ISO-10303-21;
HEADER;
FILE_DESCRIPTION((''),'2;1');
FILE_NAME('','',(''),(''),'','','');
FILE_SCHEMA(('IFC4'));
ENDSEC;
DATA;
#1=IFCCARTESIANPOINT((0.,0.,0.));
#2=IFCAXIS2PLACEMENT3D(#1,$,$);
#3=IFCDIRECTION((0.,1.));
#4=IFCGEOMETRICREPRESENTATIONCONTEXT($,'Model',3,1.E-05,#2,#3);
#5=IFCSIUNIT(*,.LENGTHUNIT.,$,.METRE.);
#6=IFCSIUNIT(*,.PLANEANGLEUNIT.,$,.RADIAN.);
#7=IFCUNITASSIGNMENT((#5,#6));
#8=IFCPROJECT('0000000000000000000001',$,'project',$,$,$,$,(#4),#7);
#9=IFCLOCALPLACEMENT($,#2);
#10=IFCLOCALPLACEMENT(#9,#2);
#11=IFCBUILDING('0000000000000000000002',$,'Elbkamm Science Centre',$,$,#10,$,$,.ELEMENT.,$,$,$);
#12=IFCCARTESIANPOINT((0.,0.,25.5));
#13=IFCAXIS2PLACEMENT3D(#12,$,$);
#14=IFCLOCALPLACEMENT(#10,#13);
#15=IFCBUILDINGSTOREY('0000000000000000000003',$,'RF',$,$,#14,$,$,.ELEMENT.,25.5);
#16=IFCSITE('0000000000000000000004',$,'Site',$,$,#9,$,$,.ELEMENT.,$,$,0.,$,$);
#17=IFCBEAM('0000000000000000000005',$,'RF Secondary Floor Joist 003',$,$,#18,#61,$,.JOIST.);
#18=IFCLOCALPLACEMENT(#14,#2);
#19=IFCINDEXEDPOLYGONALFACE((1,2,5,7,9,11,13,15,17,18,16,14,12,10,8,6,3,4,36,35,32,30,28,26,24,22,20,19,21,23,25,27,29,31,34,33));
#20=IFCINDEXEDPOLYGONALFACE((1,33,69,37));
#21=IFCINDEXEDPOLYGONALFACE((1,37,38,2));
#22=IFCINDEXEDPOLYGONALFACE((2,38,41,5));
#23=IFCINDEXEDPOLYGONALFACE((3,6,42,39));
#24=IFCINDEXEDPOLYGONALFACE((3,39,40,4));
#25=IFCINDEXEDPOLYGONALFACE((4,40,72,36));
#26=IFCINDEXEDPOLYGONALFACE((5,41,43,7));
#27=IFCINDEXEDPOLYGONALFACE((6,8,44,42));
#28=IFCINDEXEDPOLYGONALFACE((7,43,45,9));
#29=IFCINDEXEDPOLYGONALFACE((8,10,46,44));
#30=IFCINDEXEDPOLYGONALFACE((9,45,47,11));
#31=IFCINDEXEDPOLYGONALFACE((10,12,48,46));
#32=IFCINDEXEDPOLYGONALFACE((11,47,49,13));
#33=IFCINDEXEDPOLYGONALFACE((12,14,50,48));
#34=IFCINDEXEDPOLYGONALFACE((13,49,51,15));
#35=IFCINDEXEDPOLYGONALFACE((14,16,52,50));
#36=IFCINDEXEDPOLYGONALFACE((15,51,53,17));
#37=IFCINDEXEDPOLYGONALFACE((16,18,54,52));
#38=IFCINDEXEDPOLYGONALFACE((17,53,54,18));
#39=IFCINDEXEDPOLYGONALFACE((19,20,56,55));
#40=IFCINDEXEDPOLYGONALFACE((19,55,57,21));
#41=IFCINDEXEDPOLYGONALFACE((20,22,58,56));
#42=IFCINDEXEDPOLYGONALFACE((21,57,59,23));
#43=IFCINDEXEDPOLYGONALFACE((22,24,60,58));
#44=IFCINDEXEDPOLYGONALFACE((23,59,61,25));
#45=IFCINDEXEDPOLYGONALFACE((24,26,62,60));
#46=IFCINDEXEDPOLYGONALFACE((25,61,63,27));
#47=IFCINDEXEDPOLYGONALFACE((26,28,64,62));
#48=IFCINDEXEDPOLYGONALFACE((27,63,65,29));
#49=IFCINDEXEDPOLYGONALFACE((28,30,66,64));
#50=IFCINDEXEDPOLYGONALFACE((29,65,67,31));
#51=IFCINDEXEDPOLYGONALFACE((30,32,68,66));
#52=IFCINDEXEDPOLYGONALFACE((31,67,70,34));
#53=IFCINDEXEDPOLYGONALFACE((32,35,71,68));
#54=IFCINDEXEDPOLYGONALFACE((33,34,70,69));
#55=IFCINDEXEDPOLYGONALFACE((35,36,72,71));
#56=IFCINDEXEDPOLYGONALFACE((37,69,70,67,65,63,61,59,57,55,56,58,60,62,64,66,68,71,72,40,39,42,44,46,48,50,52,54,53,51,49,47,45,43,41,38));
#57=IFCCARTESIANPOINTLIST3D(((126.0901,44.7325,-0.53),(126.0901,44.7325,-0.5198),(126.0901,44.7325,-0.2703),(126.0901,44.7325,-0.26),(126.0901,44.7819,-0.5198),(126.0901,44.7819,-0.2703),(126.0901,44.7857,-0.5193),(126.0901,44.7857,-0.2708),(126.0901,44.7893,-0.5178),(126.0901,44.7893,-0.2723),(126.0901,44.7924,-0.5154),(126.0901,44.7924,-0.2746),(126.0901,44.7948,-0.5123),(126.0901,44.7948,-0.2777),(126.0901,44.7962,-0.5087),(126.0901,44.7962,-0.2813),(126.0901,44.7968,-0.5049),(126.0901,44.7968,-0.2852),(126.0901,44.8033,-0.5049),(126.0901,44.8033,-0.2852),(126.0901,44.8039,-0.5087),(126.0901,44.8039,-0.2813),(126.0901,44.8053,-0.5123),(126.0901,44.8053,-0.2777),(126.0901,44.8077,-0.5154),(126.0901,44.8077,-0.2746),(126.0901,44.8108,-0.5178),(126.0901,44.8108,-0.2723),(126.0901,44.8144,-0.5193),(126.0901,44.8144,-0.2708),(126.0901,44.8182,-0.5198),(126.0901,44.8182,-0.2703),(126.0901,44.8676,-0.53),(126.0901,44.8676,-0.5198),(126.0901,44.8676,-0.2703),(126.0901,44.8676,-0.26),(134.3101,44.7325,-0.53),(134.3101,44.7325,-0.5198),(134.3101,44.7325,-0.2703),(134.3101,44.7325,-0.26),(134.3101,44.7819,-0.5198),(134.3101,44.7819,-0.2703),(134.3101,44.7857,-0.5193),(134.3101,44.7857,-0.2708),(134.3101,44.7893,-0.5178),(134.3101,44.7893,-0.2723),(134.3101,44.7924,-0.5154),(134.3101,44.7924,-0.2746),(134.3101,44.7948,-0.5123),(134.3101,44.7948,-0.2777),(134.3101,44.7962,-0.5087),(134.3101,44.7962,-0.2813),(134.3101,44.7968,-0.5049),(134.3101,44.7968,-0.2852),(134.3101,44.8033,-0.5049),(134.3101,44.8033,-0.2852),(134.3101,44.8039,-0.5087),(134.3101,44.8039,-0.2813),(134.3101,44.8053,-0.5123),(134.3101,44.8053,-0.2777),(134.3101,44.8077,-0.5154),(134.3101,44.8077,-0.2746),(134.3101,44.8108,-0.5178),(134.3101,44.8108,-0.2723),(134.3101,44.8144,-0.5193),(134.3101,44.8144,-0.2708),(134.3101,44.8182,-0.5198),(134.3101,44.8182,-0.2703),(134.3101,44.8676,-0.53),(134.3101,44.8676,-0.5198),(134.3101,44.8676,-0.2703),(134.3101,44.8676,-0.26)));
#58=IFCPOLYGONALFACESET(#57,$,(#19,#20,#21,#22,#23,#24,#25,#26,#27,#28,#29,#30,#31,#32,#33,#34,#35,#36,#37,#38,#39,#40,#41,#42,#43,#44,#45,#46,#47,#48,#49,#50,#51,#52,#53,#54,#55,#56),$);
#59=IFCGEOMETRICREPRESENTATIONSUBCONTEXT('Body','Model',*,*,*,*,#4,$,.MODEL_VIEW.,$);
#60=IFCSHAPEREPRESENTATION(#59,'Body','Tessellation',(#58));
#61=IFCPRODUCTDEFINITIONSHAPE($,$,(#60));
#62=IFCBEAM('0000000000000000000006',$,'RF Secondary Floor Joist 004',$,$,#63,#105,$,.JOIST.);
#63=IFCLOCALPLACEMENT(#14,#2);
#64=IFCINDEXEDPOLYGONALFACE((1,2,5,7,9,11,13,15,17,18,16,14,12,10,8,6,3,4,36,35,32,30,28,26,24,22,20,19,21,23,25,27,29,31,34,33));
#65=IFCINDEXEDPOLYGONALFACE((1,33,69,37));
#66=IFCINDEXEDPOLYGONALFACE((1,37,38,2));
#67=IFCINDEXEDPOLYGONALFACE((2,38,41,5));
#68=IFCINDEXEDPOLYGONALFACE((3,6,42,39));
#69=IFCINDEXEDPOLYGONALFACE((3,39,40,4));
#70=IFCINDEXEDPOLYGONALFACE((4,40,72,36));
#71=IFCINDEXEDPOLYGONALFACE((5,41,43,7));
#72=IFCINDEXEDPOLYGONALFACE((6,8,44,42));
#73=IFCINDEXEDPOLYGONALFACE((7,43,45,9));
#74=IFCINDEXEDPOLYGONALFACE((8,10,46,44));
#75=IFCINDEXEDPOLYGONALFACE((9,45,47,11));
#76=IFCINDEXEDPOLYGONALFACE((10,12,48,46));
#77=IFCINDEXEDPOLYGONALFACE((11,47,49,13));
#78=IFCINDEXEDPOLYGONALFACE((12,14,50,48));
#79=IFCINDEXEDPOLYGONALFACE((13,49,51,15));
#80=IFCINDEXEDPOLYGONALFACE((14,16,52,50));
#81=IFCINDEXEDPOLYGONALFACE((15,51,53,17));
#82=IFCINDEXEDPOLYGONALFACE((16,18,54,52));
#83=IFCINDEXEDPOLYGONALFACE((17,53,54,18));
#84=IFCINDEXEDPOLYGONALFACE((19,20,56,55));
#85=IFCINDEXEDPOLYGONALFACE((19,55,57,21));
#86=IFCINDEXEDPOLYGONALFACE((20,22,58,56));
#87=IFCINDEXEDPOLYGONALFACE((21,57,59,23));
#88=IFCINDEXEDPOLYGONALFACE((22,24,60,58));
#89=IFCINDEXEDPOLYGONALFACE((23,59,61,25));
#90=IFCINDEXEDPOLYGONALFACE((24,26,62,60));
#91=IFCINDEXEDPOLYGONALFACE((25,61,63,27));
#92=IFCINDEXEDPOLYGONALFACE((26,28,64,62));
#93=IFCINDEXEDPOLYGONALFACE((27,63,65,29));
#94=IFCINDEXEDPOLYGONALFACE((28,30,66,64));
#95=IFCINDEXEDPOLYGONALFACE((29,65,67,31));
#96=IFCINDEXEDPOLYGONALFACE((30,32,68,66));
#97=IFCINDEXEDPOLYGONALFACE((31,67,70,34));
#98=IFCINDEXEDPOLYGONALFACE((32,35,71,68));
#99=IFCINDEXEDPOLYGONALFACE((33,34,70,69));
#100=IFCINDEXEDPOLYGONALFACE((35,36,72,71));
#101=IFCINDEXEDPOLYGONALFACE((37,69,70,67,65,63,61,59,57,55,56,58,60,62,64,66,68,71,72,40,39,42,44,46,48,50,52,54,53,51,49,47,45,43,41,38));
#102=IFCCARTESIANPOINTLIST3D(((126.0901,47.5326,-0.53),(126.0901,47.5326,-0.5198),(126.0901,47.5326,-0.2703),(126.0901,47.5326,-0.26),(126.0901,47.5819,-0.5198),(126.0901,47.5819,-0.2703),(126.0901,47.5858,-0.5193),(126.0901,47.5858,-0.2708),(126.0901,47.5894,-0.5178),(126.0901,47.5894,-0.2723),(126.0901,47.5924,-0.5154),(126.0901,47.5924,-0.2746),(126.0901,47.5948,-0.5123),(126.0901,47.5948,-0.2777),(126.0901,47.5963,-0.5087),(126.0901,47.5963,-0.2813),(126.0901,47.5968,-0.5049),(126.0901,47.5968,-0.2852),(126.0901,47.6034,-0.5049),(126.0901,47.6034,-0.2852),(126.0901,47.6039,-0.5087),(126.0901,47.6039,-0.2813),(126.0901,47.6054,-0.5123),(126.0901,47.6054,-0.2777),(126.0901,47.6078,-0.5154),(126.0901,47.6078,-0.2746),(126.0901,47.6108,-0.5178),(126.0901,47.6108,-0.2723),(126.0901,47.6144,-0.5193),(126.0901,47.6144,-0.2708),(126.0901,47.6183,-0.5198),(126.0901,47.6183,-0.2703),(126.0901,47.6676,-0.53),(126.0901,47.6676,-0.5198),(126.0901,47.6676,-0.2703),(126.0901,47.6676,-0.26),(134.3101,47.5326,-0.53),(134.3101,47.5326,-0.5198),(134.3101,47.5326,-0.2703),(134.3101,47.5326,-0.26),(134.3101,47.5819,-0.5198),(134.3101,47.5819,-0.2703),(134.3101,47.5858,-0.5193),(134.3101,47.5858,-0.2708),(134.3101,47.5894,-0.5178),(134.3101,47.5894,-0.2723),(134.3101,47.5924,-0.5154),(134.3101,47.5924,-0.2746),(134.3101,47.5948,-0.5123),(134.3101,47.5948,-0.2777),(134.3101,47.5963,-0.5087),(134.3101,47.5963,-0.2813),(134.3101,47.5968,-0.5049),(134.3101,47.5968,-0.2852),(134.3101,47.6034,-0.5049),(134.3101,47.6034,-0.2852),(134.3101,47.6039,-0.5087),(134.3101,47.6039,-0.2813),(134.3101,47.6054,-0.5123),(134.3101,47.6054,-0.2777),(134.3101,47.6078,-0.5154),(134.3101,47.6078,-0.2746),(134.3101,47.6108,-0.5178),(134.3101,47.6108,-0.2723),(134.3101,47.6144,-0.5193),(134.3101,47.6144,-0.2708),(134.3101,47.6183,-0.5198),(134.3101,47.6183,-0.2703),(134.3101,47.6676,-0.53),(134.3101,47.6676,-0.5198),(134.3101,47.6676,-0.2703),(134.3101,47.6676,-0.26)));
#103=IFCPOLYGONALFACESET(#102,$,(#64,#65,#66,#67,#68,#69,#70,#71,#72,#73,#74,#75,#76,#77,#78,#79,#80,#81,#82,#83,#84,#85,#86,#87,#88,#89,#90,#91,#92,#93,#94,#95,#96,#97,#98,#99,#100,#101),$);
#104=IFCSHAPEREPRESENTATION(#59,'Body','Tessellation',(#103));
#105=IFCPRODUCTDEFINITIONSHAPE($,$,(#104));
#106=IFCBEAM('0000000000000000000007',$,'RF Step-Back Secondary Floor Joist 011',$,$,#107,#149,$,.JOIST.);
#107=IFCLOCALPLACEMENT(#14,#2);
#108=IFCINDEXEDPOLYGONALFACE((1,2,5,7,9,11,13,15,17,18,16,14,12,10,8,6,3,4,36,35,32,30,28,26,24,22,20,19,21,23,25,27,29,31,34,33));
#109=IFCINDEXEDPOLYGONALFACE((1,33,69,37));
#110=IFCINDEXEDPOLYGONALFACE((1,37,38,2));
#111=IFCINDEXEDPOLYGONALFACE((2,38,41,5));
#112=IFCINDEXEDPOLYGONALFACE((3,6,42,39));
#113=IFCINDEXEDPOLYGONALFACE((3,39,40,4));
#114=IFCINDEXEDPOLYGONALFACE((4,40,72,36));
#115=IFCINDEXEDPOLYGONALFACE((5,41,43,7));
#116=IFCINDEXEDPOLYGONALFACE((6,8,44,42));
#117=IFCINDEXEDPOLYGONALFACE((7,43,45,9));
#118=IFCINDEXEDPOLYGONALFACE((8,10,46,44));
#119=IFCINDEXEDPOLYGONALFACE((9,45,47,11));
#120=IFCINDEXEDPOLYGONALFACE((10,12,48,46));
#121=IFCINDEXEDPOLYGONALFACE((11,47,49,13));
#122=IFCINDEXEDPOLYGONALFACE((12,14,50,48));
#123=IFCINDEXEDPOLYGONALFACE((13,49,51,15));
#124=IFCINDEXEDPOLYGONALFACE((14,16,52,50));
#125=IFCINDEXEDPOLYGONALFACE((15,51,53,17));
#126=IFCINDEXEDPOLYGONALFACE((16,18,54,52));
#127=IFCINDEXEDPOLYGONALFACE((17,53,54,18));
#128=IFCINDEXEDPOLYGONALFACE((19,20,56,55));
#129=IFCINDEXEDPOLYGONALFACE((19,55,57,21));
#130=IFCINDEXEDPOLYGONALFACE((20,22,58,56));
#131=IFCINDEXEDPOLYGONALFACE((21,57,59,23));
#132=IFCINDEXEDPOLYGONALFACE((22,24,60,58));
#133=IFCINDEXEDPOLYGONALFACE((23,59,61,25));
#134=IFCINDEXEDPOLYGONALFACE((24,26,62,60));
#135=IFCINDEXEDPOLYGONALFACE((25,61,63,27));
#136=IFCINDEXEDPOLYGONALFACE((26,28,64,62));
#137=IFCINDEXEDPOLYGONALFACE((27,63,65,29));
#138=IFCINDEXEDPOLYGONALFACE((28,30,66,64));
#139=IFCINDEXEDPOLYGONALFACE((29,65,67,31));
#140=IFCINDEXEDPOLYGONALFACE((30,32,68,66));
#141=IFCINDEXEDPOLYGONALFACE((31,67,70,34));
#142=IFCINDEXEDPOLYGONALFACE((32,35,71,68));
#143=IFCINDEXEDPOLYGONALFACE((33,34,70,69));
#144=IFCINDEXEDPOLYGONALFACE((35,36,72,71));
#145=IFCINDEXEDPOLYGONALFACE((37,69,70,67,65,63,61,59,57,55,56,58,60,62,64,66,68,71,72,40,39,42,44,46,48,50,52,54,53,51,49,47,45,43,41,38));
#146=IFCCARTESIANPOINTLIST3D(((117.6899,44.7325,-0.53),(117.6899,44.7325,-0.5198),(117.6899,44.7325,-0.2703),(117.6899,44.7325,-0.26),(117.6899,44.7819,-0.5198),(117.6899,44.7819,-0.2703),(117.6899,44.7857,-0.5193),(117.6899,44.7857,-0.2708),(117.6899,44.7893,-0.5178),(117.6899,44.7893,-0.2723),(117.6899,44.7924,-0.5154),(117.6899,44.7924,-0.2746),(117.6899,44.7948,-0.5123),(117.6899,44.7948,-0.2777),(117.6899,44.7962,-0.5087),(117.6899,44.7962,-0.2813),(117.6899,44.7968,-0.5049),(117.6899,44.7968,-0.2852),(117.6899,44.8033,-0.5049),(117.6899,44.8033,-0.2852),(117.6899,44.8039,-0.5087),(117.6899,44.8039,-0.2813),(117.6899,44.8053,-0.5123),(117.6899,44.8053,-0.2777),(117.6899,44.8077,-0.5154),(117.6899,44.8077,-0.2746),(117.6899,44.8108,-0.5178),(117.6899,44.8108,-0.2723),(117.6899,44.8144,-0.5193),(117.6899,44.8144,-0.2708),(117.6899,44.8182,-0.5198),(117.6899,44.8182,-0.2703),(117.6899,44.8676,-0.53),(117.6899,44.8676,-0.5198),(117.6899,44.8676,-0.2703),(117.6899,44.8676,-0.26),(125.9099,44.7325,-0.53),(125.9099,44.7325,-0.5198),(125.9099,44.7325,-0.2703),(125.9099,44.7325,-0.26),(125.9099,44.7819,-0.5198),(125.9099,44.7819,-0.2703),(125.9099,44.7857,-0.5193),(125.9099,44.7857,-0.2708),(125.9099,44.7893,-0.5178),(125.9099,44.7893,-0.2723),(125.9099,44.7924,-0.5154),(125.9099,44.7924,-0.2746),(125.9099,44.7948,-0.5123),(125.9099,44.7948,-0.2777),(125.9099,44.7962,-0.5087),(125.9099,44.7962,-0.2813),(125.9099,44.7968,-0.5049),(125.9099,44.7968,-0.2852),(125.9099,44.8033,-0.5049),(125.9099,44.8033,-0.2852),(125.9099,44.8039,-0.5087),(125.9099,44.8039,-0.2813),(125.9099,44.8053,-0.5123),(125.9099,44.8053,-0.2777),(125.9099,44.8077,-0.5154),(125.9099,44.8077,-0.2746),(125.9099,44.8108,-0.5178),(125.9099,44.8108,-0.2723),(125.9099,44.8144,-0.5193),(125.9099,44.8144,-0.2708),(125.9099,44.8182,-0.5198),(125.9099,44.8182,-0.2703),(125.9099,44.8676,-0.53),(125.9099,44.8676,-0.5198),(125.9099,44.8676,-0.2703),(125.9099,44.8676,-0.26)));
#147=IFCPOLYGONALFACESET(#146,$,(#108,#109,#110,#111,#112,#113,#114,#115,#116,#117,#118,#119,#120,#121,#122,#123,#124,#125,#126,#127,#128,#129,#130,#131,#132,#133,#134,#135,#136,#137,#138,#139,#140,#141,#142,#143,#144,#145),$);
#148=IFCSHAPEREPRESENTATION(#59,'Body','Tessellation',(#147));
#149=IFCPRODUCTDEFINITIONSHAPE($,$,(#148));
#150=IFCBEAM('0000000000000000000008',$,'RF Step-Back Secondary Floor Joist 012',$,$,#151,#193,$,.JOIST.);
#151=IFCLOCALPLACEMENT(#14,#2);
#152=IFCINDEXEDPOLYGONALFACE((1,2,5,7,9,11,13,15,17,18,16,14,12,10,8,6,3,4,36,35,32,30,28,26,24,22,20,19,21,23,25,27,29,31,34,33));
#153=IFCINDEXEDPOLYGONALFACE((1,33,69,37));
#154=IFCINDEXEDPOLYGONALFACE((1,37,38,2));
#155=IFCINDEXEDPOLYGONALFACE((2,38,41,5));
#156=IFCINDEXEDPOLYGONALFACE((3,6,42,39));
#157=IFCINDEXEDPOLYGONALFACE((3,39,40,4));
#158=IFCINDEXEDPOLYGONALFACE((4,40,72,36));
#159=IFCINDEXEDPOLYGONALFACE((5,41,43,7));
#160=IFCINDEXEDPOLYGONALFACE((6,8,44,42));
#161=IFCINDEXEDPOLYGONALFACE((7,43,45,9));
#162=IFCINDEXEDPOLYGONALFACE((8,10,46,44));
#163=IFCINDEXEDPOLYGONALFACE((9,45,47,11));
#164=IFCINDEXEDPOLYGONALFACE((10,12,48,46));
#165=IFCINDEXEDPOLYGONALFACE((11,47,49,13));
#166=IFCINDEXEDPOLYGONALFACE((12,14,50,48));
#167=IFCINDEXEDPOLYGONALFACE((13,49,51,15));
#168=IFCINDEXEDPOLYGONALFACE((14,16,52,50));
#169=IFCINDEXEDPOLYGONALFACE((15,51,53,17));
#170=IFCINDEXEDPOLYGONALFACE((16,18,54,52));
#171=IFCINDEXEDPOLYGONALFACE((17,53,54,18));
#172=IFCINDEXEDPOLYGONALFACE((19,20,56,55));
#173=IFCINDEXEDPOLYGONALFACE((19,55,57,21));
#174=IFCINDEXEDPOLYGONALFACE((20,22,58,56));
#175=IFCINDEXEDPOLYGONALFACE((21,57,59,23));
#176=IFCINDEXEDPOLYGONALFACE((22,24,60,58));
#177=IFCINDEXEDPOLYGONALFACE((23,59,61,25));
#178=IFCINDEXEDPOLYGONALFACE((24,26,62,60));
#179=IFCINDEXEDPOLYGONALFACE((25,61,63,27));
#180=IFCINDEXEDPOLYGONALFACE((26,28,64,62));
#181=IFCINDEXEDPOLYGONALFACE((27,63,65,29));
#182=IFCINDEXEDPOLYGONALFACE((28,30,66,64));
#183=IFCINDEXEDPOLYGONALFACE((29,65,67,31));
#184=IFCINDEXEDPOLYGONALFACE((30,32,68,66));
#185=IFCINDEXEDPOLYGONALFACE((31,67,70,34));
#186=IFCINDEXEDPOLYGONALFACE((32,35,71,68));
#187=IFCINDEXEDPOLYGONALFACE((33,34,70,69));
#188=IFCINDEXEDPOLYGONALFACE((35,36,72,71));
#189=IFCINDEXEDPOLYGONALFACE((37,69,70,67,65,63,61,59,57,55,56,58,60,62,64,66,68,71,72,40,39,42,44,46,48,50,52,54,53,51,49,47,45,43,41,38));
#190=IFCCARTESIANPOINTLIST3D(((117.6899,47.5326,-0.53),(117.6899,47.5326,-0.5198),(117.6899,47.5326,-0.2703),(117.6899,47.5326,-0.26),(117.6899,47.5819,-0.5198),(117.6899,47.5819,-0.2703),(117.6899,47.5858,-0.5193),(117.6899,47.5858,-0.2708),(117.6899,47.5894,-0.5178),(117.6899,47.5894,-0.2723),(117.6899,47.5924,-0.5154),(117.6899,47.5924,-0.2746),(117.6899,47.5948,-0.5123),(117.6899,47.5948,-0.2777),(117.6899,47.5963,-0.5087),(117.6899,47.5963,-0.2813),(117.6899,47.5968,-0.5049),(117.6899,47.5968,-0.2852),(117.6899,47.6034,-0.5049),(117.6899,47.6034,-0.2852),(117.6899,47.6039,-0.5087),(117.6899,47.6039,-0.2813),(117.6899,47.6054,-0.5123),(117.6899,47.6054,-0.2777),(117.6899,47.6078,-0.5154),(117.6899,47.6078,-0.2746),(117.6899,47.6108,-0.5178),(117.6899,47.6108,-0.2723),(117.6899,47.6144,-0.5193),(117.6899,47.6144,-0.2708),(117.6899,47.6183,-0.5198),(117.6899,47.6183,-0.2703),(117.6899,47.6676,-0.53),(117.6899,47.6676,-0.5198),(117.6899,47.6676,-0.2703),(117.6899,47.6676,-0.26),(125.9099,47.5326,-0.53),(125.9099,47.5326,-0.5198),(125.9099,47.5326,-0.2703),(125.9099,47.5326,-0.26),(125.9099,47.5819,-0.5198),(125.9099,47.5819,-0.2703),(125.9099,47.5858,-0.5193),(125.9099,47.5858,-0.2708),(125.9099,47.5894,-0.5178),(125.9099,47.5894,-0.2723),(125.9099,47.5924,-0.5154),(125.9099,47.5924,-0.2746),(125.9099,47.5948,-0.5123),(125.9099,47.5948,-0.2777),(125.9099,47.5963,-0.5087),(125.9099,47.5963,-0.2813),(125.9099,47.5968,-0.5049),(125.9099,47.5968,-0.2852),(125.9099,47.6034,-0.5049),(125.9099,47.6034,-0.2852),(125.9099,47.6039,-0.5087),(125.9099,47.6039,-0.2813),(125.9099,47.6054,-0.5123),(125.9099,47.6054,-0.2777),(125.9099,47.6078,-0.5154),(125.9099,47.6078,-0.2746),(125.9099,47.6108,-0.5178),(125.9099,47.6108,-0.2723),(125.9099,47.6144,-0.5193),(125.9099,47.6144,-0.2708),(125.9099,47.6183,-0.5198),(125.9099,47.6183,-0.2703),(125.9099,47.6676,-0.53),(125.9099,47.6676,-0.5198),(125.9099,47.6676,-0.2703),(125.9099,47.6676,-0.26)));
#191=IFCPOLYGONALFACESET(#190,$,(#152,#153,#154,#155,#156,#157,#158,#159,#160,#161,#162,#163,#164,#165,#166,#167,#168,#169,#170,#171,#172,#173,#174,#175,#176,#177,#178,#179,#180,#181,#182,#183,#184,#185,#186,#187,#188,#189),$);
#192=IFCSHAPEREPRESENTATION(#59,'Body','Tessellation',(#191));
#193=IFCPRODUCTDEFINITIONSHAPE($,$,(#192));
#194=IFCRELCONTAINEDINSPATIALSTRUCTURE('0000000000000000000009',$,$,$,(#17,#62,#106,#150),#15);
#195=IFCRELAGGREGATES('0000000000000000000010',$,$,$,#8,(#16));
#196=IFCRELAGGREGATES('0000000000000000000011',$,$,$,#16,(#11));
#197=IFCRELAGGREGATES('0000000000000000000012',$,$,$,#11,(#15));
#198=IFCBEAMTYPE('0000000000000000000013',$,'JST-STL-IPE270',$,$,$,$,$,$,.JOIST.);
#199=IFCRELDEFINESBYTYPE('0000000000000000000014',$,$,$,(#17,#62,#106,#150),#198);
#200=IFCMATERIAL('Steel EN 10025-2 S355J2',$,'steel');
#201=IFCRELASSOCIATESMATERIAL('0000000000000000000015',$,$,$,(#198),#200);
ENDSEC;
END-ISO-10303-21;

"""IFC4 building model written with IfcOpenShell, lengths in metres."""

from ifc_helpers import new_model, si_unit, direction, frame, origin, origin_2d, place, context, subcontext, project, spatial, i_section, extrude, material, material_profile, profile_set, type_object, element, save


model = new_model("IFC4")

# Units and contexts
model_context = context("Model", 3, precision=1e-05, world=origin(), true_north=direction((0.0, 1.0)))
body_context = subcontext(model_context, "Body", "Model", "MODEL_VIEW")
ifc_project = project(units=[si_unit("LENGTHUNIT", "METRE"), si_unit("PLANEANGLEUNIT", "RADIAN")], contexts=[model_context])

# Site, building, storey
site_placement = place(None, origin())
site = spatial("IfcSite", under=ifc_project, at=site_placement, Name="Site", CompositionType="ELEMENT", RefElevation=0.0)
building_placement = place(site_placement, origin())
building = spatial("IfcBuilding", under=site, at=building_placement, Name="Elbkamm Science Centre", CompositionType="ELEMENT")
storey_placement = place(building_placement, frame((0.0, 0.0, 25.5)))
storey = spatial("IfcBuildingStorey", under=building, at=storey_placement, Name="RF", CompositionType="ELEMENT", Elevation=25.5)

# Beams
ifc_material_1 = material(Name="Steel EN 10025-2 S355J2", Category="steel")
ifc_material_profile_1 = material_profile(ifc_material_1, i_section(OverallWidth=0.135, OverallDepth=0.27, WebThickness=0.0066, FlangeThickness=0.0103, FilletRadius=0.0149, at=origin_2d()), Name="IPE 270")
ifc_profile_set_1 = profile_set([ifc_material_profile_1], Name="Steel EN 10025-2 S355J2")
beam_type_1 = type_object("IfcBeamType", Name="JST-STL-IPE270", PredefinedType="JOIST", material=ifc_profile_set_1)
for number, where, z_axis, x_axis, name in (
    (1, (126.0901, 44.8, -0.395), (1.0, 0.0, 0.0), (0.0, 1.0, 0.0), "RF Secondary Floor Joist 003"),
    (2, (126.0901, 47.6001, -0.395), (1.0, 0.0, 0.0), (0.0, 1.0, 0.0), "RF Secondary Floor Joist 004"),
    (3, (117.6899, 44.8, -0.395), (1.0, 0.0, 0.0), (0.0, 1.0, 0.0), "RF Step-Back Secondary Floor Joist 011"),
    (4, (117.6899, 47.6001, -0.395), (1.0, 0.0, 0.0), (0.0, 1.0, 0.0), "RF Step-Back Secondary Floor Joist 012"),
):
    element("IfcBeam", number, at=place(storey_placement, frame(where, z_axis=z_axis, x_axis=x_axis)), inside=storey, type_object=beam_type_1, Name=name, PredefinedType="JOIST", context=body_context, shape_type="SweptSolid", body=[
        extrude(i_section(OverallWidth=0.135, OverallDepth=0.27, WebThickness=0.0066, FlangeThickness=0.0103, FilletRadius=0.0149, at=origin_2d()), origin(), (0.0, 0.0, 1.0), 8.22),
    ])

save(model, "model.ifc")
